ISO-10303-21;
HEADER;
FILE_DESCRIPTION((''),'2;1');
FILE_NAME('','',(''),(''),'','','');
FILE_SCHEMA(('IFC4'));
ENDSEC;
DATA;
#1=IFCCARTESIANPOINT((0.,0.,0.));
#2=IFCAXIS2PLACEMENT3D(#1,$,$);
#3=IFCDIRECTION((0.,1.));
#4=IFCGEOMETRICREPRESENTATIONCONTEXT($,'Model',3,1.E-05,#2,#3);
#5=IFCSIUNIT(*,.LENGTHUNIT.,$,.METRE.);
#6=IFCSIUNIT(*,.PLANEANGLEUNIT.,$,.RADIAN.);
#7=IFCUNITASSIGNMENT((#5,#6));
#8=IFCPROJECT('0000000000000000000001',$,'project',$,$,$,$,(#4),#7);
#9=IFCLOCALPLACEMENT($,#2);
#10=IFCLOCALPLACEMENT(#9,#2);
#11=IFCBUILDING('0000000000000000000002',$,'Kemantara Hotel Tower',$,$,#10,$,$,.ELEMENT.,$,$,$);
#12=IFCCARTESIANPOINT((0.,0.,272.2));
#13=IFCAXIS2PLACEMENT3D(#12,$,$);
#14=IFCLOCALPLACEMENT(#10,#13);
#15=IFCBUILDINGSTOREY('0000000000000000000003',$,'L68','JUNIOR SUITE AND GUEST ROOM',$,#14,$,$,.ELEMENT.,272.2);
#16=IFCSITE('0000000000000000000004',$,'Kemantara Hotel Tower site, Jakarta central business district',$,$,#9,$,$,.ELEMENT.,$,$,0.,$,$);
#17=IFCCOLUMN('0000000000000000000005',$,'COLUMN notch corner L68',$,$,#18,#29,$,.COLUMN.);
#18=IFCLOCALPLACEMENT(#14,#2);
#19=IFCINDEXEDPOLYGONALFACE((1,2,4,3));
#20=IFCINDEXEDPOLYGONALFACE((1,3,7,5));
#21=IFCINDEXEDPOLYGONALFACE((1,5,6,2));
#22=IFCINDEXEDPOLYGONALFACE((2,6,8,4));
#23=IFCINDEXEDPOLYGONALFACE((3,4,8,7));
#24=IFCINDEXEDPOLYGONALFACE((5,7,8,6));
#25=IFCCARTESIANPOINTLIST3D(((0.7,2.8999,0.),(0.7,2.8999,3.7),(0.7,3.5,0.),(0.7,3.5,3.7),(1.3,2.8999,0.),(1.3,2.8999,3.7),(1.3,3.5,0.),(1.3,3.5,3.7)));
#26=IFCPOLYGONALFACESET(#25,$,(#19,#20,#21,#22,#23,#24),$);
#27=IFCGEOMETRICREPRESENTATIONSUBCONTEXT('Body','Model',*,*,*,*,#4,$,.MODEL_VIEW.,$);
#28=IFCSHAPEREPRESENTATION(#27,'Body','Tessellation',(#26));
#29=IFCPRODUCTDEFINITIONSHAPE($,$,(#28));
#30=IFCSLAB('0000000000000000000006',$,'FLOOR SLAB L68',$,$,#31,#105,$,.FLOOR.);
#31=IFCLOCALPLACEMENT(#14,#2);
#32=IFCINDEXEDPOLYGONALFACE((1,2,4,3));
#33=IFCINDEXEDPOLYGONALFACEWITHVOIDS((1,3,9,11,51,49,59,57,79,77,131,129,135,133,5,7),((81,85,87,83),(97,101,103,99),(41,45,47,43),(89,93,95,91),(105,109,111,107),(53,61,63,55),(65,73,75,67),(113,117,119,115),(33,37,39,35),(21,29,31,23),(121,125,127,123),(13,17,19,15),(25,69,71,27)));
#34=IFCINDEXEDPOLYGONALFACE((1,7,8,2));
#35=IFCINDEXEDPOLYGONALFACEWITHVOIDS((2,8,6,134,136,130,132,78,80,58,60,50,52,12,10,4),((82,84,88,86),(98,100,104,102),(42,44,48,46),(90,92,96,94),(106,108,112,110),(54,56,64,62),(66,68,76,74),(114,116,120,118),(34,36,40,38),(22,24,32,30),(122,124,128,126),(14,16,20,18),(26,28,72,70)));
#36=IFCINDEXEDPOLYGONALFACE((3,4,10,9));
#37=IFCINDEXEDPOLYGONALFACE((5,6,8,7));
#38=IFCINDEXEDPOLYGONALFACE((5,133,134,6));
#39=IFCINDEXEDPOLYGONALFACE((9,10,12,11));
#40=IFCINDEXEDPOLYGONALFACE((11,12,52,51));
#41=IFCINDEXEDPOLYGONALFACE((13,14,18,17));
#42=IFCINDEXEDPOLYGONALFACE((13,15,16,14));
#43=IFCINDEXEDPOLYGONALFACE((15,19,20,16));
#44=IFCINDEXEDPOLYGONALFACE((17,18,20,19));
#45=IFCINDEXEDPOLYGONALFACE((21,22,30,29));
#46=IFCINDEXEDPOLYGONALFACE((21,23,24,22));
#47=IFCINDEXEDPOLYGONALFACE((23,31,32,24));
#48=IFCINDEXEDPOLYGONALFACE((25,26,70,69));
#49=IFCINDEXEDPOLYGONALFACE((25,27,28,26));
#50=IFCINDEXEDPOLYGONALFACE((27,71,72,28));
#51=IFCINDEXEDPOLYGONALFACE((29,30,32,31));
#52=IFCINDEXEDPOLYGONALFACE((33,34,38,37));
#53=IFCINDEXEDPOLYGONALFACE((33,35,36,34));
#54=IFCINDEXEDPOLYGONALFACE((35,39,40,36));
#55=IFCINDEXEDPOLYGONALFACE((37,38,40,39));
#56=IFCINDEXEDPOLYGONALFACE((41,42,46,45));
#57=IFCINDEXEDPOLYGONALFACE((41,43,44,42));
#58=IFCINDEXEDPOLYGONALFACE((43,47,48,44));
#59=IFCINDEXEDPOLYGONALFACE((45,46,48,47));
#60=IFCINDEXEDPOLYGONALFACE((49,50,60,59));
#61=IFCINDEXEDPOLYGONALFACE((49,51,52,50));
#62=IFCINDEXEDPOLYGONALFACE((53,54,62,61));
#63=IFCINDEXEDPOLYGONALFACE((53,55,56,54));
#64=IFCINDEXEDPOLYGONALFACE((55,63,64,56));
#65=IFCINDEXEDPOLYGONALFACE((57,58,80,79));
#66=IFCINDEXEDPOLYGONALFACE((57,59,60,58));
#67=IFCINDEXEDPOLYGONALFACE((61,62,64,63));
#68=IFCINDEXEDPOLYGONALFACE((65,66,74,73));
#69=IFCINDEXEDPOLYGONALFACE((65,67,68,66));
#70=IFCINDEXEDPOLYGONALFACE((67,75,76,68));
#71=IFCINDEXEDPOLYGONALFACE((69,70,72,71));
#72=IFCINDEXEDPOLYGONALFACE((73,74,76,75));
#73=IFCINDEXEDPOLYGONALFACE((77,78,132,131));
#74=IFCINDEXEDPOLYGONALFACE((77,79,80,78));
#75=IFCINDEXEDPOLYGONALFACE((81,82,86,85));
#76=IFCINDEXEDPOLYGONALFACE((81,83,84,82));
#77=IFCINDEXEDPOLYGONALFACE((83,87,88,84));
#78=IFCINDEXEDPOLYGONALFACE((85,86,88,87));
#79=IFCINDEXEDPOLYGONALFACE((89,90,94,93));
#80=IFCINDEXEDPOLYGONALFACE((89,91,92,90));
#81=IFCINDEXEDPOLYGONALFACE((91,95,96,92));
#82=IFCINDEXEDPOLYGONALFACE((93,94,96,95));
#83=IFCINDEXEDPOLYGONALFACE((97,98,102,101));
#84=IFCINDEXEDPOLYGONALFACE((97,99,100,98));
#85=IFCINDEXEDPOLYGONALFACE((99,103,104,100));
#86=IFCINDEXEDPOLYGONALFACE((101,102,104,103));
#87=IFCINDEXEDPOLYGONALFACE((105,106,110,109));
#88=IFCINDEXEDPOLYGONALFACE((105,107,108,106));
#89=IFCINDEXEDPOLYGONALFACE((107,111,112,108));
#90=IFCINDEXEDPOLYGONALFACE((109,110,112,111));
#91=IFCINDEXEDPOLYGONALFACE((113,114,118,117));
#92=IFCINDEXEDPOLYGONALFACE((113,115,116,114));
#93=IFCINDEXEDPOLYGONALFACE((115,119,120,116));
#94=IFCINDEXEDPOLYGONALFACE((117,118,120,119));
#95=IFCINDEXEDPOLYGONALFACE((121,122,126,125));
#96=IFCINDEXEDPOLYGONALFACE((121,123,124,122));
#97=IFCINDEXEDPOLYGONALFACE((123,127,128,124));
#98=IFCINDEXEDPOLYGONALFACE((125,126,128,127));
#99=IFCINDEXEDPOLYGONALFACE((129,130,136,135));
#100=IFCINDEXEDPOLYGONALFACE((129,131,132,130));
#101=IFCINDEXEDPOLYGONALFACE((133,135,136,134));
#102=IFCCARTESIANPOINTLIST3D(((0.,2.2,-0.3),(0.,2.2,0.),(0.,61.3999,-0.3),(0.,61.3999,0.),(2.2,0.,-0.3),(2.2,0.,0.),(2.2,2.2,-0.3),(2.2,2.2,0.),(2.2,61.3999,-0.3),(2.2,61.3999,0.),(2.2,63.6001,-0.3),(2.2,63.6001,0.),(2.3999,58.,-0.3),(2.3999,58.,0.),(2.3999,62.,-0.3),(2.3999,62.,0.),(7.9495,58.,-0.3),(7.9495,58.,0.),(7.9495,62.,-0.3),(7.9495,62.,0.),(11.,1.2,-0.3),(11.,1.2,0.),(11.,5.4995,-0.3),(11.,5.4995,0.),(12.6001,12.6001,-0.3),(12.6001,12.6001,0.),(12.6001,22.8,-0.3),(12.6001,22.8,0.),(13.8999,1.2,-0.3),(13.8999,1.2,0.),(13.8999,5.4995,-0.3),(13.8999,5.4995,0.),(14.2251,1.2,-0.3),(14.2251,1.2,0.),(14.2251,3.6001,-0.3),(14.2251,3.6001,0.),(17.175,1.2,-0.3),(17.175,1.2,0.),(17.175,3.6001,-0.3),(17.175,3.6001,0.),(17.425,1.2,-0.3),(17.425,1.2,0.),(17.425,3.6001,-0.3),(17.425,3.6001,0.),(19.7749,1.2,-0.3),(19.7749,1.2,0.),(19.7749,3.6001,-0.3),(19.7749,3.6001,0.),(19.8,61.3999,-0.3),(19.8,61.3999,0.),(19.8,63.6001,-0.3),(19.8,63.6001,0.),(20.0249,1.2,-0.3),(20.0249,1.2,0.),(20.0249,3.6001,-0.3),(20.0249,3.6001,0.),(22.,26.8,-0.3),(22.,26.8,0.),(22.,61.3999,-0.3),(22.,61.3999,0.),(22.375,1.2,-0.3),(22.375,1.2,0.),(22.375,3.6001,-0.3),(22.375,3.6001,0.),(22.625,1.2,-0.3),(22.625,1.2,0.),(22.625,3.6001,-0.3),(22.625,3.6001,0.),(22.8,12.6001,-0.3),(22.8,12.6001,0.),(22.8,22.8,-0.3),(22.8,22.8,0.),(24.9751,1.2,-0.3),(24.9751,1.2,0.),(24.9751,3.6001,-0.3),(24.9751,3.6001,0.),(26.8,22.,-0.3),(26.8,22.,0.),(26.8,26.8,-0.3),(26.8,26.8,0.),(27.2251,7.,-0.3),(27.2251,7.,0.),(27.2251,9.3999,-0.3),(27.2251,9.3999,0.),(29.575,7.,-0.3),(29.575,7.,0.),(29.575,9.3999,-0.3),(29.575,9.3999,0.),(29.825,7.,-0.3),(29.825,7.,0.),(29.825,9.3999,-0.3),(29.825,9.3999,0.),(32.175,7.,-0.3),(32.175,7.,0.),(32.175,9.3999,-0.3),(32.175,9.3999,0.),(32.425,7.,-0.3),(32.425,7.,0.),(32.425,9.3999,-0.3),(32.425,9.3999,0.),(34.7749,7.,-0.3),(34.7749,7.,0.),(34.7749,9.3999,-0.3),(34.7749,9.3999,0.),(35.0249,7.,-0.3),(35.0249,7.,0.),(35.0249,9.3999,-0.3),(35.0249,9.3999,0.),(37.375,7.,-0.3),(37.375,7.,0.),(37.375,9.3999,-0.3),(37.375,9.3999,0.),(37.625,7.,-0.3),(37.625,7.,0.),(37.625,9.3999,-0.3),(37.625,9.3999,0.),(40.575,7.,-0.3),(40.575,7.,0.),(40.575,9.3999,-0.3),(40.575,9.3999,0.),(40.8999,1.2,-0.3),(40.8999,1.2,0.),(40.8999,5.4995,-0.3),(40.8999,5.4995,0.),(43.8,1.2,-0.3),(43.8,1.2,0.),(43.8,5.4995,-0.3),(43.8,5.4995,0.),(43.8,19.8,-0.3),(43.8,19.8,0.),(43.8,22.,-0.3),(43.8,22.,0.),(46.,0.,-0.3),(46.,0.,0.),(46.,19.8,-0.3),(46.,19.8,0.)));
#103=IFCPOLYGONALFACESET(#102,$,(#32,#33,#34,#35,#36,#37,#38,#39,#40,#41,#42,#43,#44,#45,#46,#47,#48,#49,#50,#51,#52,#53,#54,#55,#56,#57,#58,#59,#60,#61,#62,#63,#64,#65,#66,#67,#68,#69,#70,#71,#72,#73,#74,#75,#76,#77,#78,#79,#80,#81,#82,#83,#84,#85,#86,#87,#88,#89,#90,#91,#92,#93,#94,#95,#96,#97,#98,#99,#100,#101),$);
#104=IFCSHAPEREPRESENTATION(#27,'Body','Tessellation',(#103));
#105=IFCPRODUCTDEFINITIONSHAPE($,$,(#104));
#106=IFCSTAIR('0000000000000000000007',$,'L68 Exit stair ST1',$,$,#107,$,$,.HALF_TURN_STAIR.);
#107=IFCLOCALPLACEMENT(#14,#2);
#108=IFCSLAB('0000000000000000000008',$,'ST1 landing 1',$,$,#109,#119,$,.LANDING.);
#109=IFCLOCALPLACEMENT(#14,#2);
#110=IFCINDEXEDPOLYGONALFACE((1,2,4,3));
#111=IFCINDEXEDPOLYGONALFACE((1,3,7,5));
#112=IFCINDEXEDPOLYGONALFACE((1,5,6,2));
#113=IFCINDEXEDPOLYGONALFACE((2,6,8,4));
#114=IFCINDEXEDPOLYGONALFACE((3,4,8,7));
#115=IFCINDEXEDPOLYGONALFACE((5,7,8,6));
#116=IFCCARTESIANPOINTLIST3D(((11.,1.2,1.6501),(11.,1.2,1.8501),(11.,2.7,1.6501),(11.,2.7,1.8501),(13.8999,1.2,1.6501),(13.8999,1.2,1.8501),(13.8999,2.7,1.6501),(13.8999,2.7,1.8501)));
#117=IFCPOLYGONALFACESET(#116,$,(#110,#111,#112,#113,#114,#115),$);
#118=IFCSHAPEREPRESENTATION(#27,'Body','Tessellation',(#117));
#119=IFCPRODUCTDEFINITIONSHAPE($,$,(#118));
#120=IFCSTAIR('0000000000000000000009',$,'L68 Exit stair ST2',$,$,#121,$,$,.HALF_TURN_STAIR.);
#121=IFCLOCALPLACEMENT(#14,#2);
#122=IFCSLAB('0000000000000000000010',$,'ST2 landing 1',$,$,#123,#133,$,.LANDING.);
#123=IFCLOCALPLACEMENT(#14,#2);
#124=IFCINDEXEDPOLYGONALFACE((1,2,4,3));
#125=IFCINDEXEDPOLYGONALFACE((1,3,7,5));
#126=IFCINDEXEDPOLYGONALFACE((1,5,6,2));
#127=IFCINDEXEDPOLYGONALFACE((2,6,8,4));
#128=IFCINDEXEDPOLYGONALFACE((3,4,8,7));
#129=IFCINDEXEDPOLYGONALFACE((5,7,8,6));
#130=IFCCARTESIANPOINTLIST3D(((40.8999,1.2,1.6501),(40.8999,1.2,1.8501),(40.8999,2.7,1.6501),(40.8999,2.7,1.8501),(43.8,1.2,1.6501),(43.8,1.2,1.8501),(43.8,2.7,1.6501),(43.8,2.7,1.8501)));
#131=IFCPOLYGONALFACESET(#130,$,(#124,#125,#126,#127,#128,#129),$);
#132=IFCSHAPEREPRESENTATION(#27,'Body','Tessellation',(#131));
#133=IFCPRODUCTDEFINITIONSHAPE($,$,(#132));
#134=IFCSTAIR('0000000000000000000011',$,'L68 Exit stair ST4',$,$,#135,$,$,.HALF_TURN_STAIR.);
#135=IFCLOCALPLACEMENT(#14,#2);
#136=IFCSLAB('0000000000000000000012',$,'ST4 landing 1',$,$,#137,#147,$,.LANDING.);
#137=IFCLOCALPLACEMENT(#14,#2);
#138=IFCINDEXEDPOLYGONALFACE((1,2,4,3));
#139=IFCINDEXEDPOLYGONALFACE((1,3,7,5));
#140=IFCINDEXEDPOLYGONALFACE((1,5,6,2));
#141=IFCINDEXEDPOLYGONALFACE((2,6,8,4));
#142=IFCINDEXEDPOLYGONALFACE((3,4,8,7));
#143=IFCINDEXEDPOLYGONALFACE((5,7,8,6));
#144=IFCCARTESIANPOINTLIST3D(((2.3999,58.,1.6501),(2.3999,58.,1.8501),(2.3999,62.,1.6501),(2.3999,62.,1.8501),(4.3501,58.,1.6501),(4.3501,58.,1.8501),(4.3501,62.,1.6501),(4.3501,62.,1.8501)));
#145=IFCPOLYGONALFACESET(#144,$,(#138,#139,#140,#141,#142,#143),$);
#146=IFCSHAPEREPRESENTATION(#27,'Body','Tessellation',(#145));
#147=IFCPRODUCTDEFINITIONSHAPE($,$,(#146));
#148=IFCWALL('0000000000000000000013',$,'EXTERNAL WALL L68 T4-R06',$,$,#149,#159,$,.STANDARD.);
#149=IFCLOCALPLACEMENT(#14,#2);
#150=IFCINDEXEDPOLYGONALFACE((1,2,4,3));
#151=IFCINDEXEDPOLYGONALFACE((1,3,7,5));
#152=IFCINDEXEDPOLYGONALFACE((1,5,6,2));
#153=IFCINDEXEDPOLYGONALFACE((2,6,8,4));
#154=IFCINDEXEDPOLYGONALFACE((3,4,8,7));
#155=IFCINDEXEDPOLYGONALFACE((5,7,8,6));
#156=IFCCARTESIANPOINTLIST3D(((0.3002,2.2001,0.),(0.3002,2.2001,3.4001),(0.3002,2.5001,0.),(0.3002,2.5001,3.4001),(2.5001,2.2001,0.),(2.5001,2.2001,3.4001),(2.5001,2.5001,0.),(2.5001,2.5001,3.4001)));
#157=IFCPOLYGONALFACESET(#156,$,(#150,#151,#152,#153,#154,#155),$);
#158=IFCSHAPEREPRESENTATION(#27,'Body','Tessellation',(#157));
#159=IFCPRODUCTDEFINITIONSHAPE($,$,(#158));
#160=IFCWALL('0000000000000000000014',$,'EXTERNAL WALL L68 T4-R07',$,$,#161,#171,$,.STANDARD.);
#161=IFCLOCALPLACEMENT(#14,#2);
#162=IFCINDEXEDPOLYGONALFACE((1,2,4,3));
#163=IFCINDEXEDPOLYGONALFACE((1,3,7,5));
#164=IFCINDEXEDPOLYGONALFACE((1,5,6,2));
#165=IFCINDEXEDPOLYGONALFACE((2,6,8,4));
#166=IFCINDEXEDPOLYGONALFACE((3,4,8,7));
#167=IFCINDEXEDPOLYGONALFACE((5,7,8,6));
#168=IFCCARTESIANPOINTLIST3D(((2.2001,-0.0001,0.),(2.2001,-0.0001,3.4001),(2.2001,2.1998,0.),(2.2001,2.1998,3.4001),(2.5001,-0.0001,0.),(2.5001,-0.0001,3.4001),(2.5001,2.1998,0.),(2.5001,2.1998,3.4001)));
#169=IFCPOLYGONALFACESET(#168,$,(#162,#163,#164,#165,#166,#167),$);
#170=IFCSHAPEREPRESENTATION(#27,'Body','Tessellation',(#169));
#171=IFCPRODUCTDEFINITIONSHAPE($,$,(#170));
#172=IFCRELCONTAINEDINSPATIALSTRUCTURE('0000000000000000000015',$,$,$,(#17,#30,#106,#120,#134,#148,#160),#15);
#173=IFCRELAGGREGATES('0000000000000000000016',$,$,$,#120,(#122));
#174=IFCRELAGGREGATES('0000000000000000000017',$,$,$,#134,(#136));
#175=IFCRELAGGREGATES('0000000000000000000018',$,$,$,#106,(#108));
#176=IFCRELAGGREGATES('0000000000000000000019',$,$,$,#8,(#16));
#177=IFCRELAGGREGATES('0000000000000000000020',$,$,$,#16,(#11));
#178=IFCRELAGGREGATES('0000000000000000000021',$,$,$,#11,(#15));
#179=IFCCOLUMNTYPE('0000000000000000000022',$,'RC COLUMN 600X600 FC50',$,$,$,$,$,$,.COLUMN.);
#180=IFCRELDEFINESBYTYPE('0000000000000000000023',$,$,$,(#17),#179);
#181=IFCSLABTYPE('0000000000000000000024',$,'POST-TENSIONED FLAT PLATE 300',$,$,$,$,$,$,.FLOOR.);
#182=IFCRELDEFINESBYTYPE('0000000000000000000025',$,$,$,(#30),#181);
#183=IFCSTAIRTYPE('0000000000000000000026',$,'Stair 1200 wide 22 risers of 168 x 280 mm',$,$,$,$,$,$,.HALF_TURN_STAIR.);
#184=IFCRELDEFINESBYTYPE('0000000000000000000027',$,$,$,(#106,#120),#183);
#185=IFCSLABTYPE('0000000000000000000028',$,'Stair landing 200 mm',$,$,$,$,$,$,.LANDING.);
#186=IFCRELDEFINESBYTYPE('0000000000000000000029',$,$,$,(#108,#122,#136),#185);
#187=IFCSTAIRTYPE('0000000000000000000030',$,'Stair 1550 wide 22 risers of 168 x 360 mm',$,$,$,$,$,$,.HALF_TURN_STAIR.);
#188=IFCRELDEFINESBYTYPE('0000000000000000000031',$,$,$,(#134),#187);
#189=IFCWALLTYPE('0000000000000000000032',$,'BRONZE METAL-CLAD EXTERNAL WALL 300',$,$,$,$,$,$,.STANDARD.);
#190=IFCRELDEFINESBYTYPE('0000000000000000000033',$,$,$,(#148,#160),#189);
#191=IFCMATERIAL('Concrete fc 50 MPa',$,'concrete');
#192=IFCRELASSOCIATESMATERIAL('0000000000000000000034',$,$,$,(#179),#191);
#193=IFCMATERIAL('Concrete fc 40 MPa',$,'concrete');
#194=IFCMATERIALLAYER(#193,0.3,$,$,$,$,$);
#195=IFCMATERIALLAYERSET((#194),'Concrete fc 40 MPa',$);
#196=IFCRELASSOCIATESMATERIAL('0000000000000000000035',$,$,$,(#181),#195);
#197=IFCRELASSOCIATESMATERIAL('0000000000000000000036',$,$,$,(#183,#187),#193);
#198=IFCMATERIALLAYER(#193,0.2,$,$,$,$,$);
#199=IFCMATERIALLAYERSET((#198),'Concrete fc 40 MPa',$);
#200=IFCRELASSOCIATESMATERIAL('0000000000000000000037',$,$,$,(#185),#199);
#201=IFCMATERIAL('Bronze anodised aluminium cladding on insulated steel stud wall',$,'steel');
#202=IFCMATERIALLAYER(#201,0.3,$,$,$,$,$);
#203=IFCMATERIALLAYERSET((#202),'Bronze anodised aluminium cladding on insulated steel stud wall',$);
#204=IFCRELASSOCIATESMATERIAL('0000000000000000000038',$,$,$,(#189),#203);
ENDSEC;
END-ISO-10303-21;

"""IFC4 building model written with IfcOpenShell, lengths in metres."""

from ifc_helpers import new_model, si_unit, direction, frame, frame_2d, origin, origin_2d, place, context, subcontext, project, spatial, polyline, rectangle, outline, extrude, material, layer, layer_set, material_profile, profile_set, type_object, element, aggregate, save


model = new_model("IFC4")

# Units and contexts
model_context = context("Model", 3, precision=1e-05, world=origin(), true_north=direction((0.0, 1.0)))
body_context = subcontext(model_context, "Body", "Model", "MODEL_VIEW")
ifc_project = project(units=[si_unit("LENGTHUNIT", "METRE"), si_unit("PLANEANGLEUNIT", "RADIAN")], contexts=[model_context])

# Site, building, storey
site_placement = place(None, origin())
site = spatial("IfcSite", under=ifc_project, at=site_placement, Name="Kemantara Hotel Tower site, Jakarta central business district", CompositionType="ELEMENT", RefElevation=0.0)
building_placement = place(site_placement, origin())
building = spatial("IfcBuilding", under=site, at=building_placement, Name="Kemantara Hotel Tower", CompositionType="ELEMENT")
storey_placement = place(building_placement, frame((0.0, 0.0, 272.2)))
storey = spatial("IfcBuildingStorey", under=building, at=storey_placement, Name="L68", Description="JUNIOR SUITE AND GUEST ROOM", CompositionType="ELEMENT", Elevation=272.2)

# Column
ifc_material_1 = material(Name="Concrete fc 50 MPa", Category="concrete")
ifc_material_profile = material_profile(ifc_material_1, rectangle(XDim=0.6001, YDim=0.6001, at=origin_2d()), Name="RC 600X600")
ifc_profile_set = profile_set([ifc_material_profile], Name="Concrete fc 50 MPa")
column_type = type_object("IfcColumnType", Name="RC COLUMN 600X600 FC50", PredefinedType="COLUMN", material=ifc_profile_set)
column_placement = place(storey_placement, frame((1.0, 3.2, 0.0), z_axis=(0.0, 0.0, 1.0), x_axis=(1.0, 0.0, 0.0)))
element("IfcColumn", 1, at=column_placement, inside=storey, type_object=column_type, Name="COLUMN notch corner L68", PredefinedType="COLUMN", context=body_context, shape_type="SweptSolid", body=[
    extrude(rectangle(XDim=0.6001, YDim=0.6001, at=origin_2d()), origin(), (0.0, 0.0, 1.0), 3.7),
])

# Slab
ifc_material_2 = material(Name="Concrete fc 40 MPa", Category="concrete")
ifc_layer_1 = layer(ifc_material_2, 0.3)
ifc_layer_set_1 = layer_set([ifc_layer_1], Name="Concrete fc 40 MPa")
slab_type_1 = type_object("IfcSlabType", Name="POST-TENSIONED FLAT PLATE 300", PredefinedType="FLOOR", material=ifc_layer_set_1)
slab_1_placement = place(storey_placement, frame((0.0, 0.0, -0.3)))
element("IfcSlab", 2, at=slab_1_placement, inside=storey, type_object=slab_type_1, Name="FLOOR SLAB L68", PredefinedType="FLOOR", context=body_context, shape_type="SweptSolid", body=[
    extrude(outline(polyline([(22.0, 26.8), (22.0, 61.3999), (19.8, 61.3999), (19.8, 63.6001), (2.2, 63.6001), (2.2, 61.3999), (0.0, 61.3999), (0.0, 2.2), (2.2, 2.2), (2.2, 0.0), (46.0, 0.0), (46.0, 19.8), (43.8, 19.8), (43.8, 22.0), (26.8, 22.0), (26.8, 26.8), (22.0, 26.8)]), holes=[polyline([(17.175, 3.6001), (17.175, 1.2), (14.2251, 1.2), (14.2251, 3.6001), (17.175, 3.6001)]), polyline([(19.7749, 1.2), (17.425, 1.2), (17.425, 3.6001), (19.7749, 3.6001), (19.7749, 1.2)]), polyline([(22.375, 1.2), (20.0249, 1.2), (20.0249, 3.6001), (22.375, 3.6001), (22.375, 1.2)]), polyline([(24.9751, 3.6001), (24.9751, 1.2), (22.625, 1.2), (22.625, 3.6001), (24.9751, 3.6001)]), polyline([(11.0, 1.2), (11.0, 5.4995), (13.8999, 5.4995), (13.8999, 1.2), (11.0, 1.2)]), polyline([(22.8, 12.6001), (12.6001, 12.6001), (12.6001, 22.8), (22.8, 22.8), (22.8, 12.6001)]), polyline([(2.3999, 58.0), (2.3999, 62.0), (7.9495, 62.0), (7.9495, 58.0), (2.3999, 58.0)]), polyline([(40.8999, 1.2), (40.8999, 5.4995), (43.8, 5.4995), (43.8, 1.2), (40.8999, 1.2)]), polyline([(29.575, 7.0), (27.2251, 7.0), (27.2251, 9.3999), (29.575, 9.3999), (29.575, 7.0)]), polyline([(32.175, 7.0), (29.825, 7.0), (29.825, 9.3999), (32.175, 9.3999), (32.175, 7.0)]), polyline([(34.7749, 7.0), (32.425, 7.0), (32.425, 9.3999), (34.7749, 9.3999), (34.7749, 7.0)]), polyline([(37.375, 7.0), (35.0249, 7.0), (35.0249, 9.3999), (37.375, 9.3999), (37.375, 7.0)]), polyline([(40.575, 7.0), (37.625, 7.0), (37.625, 9.3999), (40.575, 9.3999), (40.575, 7.0)])]), origin(), (0.0, 0.0, 1.0), 0.3),
])

# Stairs, slabs
stair_type_1 = type_object("IfcStairType", Name="Stair 1200 wide 22 risers of 168 x 280 mm", PredefinedType="HALF_TURN_STAIR", material=ifc_material_2)
stair_1_placement = place(storey_placement, origin())
stair_1 = element("IfcStair", 3, at=stair_1_placement, inside=storey, type_object=stair_type_1, Name="L68 Exit stair ST1", PredefinedType="HALF_TURN_STAIR")
ifc_layer_2 = layer(ifc_material_2, 0.2)
ifc_layer_set_2 = layer_set([ifc_layer_2], Name="Concrete fc 40 MPa")
slab_type_2 = type_object("IfcSlabType", Name="Stair landing 200 mm", PredefinedType="LANDING", material=ifc_layer_set_2)
slab_2_placement = place(storey_placement, frame((0.0, 0.0, 1.6501)))
slab_2 = element("IfcSlab", 4, at=slab_2_placement, type_object=slab_type_2, Name="ST1 landing 1", PredefinedType="LANDING", context=body_context, shape_type="SweptSolid", body=[
    extrude(outline(polyline([(11.0, 2.7), (11.0, 1.2), (13.8999, 1.2), (13.8999, 2.7), (11.0, 2.7)])), origin(), (0.0, 0.0, 1.0), 0.2),
])
stair_2_placement = place(storey_placement, origin())
stair_2 = element("IfcStair", 5, at=stair_2_placement, inside=storey, type_object=stair_type_1, Name="L68 Exit stair ST2", PredefinedType="HALF_TURN_STAIR")
slab_3_placement = place(storey_placement, frame((0.0, 0.0, 1.6501)))
slab_3 = element("IfcSlab", 6, at=slab_3_placement, type_object=slab_type_2, Name="ST2 landing 1", PredefinedType="LANDING", context=body_context, shape_type="SweptSolid", body=[
    extrude(outline(polyline([(40.8999, 2.7), (40.8999, 1.2), (43.8, 1.2), (43.8, 2.7), (40.8999, 2.7)])), origin(), (0.0, 0.0, 1.0), 0.2),
])
aggregate(stair_2, [slab_3])
stair_type_2 = type_object("IfcStairType", Name="Stair 1550 wide 22 risers of 168 x 360 mm", PredefinedType="HALF_TURN_STAIR", material=ifc_material_2)
stair_3_placement = place(storey_placement, origin())
stair_3 = element("IfcStair", 7, at=stair_3_placement, inside=storey, type_object=stair_type_2, Name="L68 Exit stair ST4", PredefinedType="HALF_TURN_STAIR")
slab_4_placement = place(storey_placement, frame((0.0, 0.0, 1.6501)))
slab_4 = element("IfcSlab", 8, at=slab_4_placement, type_object=slab_type_2, Name="ST4 landing 1", PredefinedType="LANDING", context=body_context, shape_type="SweptSolid", body=[
    extrude(outline(polyline([(4.3501, 62.0), (2.3999, 62.0), (2.3999, 58.0), (4.3501, 58.0), (4.3501, 62.0)])), origin(), (0.0, 0.0, 1.0), 0.2),
])
aggregate(stair_3, [slab_4])

# Walls
ifc_material_3 = material(Name="Bronze anodised aluminium cladding on insulated steel stud wall", Category="steel")
ifc_layer_3 = layer(ifc_material_3, 0.3)
ifc_layer_set_3 = layer_set([ifc_layer_3], Name="Bronze anodised aluminium cladding on insulated steel stud wall")
wall_type_1 = type_object("IfcWallType", Name="BRONZE METAL-CLAD EXTERNAL WALL 300", PredefinedType="STANDARD", material=ifc_layer_set_3)
for number, where, z_axis, x_axis, name in (
    (9, (0.3, 2.3501, 0.0), (0.0, 0.0, 1.0), (1.0, 0.0, 0.0), "EXTERNAL WALL L68 T4-R06"),
    (10, (2.3501, 2.2, 0.0), (0.0, 0.0, 1.0), (0.0, -1.0, 0.0), "EXTERNAL WALL L68 T4-R07"),
):
    element("IfcWall", number, at=place(storey_placement, frame(where, z_axis=z_axis, x_axis=x_axis)), inside=storey, type_object=wall_type_1, Name=name, PredefinedType="STANDARD", context=body_context, shape_type="SweptSolid", body=[
        extrude(rectangle(XDim=2.2, YDim=0.3, at=frame_2d((1.1001, 0.0))), origin(), (0.0, 0.0, 1.0), 3.4001),
    ])

aggregate(stair_1, [slab_2])

save(model, "model.ifc")
